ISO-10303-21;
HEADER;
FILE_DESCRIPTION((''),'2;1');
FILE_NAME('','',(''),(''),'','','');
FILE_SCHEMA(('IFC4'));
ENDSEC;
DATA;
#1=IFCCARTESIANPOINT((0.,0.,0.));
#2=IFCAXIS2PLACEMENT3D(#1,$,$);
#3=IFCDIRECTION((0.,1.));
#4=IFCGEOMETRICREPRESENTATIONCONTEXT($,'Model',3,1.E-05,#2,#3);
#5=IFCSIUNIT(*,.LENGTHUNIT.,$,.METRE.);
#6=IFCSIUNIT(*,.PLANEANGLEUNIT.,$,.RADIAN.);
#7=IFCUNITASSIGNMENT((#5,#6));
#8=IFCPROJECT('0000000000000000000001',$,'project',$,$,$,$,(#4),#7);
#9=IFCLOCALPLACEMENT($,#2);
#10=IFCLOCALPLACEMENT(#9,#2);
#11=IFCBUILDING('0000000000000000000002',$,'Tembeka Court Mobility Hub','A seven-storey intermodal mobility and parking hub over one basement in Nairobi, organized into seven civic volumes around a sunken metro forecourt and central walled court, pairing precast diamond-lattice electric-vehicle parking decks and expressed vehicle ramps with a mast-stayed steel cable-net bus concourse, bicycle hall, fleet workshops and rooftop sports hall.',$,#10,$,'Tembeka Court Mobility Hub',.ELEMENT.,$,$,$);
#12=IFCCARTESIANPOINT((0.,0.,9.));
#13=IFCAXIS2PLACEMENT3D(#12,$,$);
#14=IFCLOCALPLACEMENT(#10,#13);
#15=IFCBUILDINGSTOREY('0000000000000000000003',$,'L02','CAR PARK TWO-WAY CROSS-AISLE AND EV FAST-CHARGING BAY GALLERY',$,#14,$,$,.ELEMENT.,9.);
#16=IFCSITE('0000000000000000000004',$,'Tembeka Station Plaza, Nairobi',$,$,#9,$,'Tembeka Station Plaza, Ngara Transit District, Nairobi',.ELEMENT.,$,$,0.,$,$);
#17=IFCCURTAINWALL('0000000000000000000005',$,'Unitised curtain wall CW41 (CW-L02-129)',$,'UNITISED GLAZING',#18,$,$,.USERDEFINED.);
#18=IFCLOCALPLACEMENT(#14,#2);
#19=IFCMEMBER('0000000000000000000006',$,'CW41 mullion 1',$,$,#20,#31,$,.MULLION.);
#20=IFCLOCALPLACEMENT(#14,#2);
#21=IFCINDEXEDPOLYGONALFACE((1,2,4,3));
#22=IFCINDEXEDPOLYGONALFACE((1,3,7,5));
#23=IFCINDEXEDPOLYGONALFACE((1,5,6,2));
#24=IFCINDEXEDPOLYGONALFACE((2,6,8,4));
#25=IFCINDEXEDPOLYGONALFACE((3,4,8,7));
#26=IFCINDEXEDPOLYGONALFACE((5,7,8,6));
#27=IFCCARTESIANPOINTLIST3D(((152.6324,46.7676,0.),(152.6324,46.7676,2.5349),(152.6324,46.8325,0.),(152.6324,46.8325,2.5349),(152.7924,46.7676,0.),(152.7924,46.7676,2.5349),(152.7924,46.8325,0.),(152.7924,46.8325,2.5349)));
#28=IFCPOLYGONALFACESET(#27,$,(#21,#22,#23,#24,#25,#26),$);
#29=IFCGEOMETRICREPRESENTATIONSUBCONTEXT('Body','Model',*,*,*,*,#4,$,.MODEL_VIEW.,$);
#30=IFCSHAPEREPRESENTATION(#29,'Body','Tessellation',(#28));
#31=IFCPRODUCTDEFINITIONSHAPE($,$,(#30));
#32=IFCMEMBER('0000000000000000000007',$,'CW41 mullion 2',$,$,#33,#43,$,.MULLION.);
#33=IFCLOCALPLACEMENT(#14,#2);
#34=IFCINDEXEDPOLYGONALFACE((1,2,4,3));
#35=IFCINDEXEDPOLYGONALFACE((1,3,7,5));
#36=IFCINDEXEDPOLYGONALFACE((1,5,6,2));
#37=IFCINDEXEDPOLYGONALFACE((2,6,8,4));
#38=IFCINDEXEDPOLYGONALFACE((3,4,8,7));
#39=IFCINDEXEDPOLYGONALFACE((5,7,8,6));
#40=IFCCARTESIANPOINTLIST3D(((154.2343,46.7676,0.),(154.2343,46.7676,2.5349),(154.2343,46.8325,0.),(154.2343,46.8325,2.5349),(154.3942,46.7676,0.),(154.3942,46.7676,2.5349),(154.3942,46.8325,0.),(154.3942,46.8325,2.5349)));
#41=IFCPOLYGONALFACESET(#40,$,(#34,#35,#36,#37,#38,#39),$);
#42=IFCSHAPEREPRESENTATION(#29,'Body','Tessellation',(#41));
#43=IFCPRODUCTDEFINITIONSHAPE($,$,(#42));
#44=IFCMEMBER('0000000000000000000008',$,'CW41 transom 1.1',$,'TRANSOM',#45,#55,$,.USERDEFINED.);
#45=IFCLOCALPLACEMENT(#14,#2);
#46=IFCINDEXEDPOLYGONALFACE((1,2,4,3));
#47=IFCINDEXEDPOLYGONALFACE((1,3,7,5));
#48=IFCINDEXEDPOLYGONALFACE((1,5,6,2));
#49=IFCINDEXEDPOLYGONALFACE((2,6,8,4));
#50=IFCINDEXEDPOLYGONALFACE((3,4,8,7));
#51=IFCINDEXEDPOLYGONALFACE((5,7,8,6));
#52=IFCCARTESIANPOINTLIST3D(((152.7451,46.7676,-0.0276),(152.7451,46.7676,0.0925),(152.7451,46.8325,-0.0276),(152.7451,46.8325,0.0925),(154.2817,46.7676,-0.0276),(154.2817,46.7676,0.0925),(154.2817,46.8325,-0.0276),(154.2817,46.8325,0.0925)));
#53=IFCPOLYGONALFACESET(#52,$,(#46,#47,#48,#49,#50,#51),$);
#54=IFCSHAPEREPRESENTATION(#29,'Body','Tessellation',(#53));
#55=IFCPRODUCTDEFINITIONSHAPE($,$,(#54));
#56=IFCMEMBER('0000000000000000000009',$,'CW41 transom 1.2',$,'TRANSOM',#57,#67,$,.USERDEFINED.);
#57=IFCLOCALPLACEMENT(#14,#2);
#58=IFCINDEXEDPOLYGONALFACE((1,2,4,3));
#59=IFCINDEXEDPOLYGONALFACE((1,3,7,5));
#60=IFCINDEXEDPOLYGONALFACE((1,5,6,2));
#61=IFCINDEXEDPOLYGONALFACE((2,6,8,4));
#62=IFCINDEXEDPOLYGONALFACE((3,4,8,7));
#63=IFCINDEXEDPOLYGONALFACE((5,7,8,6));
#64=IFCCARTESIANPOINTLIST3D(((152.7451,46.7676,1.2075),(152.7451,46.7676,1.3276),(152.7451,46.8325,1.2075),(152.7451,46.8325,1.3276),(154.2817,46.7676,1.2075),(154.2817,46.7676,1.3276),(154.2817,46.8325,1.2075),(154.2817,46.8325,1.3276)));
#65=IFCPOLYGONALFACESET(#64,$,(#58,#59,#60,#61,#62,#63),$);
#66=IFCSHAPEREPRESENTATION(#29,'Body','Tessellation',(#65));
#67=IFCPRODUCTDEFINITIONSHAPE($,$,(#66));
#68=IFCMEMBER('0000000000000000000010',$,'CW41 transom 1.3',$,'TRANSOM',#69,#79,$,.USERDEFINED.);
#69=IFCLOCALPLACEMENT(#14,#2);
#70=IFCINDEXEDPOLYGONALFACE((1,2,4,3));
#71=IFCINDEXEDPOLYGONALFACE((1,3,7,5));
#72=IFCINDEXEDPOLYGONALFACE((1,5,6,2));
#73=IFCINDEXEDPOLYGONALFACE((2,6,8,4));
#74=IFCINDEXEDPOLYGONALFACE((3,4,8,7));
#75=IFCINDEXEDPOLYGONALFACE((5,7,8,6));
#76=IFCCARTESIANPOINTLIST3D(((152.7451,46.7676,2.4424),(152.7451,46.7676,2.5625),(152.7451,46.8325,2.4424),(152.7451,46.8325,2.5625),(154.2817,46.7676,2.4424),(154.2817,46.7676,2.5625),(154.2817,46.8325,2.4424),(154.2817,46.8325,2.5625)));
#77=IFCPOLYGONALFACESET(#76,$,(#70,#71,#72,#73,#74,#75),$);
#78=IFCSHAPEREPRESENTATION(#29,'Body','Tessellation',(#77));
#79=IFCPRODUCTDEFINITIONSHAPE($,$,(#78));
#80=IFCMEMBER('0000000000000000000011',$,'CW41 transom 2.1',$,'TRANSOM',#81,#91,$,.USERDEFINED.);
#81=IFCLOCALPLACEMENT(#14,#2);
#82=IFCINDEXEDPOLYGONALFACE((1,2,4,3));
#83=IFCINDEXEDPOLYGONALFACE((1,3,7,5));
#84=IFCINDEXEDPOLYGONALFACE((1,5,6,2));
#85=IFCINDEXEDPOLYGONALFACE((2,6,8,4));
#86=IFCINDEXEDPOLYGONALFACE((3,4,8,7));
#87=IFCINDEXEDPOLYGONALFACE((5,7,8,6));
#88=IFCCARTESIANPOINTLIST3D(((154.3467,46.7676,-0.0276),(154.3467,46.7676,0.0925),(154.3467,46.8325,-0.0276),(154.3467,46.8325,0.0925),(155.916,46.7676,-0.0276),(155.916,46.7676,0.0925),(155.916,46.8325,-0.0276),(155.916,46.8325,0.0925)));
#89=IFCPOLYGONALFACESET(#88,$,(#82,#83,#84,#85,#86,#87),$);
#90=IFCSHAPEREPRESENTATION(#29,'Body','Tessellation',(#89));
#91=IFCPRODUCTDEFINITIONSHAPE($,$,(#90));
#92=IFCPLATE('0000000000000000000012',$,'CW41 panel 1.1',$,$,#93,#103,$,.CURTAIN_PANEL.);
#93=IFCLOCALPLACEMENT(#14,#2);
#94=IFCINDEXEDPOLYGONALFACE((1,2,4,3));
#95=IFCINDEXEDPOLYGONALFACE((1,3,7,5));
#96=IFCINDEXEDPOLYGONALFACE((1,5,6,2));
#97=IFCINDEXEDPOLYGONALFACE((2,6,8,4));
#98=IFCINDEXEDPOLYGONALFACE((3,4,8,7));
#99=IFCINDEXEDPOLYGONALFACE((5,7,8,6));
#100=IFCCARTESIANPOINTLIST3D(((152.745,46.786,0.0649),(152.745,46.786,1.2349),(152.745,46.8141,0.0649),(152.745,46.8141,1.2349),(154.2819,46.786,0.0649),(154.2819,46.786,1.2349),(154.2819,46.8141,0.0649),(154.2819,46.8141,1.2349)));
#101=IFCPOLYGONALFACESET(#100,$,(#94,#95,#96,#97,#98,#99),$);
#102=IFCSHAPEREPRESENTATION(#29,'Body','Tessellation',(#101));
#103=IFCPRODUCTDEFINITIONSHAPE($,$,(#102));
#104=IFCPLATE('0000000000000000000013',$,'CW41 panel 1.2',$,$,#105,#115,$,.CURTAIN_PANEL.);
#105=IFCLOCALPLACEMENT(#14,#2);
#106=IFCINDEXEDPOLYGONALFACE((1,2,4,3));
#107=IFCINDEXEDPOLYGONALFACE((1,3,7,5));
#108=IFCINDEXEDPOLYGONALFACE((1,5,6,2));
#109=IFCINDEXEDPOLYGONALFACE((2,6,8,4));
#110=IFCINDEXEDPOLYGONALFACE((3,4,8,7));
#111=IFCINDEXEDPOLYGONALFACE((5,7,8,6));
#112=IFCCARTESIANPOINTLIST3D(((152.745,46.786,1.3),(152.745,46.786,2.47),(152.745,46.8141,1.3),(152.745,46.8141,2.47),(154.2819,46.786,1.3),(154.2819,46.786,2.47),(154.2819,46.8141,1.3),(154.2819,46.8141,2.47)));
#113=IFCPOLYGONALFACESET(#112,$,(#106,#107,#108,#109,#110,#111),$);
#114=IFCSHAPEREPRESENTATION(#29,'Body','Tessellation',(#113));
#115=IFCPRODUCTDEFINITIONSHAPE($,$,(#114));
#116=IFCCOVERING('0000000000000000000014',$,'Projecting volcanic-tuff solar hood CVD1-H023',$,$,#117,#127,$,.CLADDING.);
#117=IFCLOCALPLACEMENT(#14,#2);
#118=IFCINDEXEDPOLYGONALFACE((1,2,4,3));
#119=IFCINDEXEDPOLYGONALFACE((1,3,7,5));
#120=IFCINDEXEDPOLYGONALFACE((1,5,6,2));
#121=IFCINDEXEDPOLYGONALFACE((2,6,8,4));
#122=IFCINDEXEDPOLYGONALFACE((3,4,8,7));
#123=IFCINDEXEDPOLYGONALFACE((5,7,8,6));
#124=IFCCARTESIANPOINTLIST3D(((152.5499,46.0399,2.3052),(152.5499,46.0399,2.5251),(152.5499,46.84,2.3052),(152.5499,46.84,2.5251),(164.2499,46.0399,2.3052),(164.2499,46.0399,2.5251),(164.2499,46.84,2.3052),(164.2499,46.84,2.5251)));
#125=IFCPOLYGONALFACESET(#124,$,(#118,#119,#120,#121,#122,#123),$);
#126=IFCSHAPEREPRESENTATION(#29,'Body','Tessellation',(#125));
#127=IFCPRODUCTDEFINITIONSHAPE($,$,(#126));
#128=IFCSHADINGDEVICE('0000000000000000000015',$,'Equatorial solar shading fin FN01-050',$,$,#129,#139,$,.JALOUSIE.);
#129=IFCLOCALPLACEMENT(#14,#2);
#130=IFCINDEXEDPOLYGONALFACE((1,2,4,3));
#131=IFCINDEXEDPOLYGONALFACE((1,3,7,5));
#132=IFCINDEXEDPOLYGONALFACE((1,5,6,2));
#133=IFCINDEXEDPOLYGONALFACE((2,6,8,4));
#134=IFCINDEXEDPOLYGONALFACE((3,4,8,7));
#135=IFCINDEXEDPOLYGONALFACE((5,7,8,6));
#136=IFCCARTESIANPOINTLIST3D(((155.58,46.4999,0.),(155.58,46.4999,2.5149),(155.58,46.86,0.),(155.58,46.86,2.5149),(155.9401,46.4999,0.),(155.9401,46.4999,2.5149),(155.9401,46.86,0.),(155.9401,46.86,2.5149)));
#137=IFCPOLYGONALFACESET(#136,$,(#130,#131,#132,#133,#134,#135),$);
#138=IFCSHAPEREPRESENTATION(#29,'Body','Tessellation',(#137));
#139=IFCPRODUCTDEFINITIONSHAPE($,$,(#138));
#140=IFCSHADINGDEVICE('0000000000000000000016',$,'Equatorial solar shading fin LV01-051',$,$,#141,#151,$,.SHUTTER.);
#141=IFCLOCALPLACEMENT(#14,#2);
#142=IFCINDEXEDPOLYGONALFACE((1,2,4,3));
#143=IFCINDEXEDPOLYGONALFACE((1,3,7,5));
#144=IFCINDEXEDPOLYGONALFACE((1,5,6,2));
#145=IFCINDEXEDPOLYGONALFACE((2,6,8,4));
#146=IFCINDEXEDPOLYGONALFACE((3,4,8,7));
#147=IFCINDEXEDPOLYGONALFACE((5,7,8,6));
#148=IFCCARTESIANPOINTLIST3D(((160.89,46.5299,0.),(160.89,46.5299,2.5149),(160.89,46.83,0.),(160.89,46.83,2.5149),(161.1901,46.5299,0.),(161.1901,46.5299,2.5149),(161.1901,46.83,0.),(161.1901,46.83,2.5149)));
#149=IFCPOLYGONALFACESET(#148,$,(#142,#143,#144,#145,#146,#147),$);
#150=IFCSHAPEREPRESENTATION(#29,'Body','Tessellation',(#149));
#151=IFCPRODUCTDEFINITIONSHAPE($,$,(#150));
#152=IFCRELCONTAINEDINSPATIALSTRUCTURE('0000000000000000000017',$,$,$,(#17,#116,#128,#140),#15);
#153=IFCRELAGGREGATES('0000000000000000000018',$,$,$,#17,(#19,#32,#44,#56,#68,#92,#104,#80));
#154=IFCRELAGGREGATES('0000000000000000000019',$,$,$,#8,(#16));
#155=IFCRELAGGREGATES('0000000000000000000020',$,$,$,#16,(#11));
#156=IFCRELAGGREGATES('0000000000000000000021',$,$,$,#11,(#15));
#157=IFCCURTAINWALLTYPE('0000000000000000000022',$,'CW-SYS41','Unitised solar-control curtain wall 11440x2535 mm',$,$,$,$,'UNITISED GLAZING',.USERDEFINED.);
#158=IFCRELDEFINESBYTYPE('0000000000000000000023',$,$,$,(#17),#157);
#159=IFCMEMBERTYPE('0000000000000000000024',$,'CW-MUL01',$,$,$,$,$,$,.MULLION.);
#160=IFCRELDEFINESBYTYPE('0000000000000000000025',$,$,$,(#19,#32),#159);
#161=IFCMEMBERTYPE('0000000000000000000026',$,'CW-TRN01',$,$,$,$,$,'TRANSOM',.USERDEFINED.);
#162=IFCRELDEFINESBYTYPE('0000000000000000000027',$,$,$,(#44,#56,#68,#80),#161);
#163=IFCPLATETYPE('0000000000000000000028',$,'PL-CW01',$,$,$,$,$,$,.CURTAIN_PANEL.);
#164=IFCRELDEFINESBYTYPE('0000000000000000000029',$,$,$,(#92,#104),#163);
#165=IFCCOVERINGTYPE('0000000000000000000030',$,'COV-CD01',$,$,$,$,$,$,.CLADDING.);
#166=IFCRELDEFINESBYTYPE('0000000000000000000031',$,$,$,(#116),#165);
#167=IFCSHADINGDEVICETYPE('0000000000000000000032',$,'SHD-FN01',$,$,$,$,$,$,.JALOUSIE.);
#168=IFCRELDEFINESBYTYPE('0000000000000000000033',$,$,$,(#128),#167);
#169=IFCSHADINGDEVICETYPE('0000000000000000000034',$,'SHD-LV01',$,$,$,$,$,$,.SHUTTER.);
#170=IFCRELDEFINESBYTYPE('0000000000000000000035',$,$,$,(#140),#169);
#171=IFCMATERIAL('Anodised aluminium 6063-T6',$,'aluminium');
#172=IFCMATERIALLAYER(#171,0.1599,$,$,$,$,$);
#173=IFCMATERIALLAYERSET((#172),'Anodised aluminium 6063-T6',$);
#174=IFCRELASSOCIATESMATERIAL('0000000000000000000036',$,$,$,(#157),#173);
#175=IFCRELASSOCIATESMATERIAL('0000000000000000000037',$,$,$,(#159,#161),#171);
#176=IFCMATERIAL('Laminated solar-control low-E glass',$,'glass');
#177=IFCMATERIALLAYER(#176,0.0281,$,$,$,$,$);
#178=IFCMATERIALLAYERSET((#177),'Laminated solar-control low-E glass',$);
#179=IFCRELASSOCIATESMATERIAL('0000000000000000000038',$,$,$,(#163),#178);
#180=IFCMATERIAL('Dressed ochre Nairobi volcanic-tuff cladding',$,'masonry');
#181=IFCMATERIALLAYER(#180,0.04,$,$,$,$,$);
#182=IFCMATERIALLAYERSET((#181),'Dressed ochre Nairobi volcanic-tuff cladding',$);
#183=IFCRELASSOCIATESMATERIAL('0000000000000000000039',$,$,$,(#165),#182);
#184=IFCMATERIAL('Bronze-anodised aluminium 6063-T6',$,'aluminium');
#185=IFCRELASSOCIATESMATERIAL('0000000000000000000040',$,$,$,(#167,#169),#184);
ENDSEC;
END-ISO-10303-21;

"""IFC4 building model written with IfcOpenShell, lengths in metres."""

from ifc_helpers import new_model, si_unit, direction, frame, origin, origin_2d, place, context, subcontext, project, spatial, rectangle, extrude, material, layer, layer_set, material_profile, profile_set, type_object, element, aggregate, save


model = new_model("IFC4")

# Units and contexts
model_context = context("Model", 3, precision=1e-05, world=origin(), true_north=direction((0.0, 1.0)))
body_context = subcontext(model_context, "Body", "Model", "MODEL_VIEW")
ifc_project = project(units=[si_unit("LENGTHUNIT", "METRE"), si_unit("PLANEANGLEUNIT", "RADIAN")], contexts=[model_context])

# Site, building, storey
site_placement = place(None, origin())
site = spatial("IfcSite", under=ifc_project, at=site_placement, Name="Tembeka Station Plaza, Nairobi", LongName="Tembeka Station Plaza, Ngara Transit District, Nairobi", CompositionType="ELEMENT", RefElevation=0.0)
building_placement = place(site_placement, origin())
building = spatial("IfcBuilding", under=site, at=building_placement, Name="Tembeka Court Mobility Hub", Description="A seven-storey intermodal mobility and parking hub over one basement in Nairobi, organized into seven civic volumes around a sunken metro forecourt and central walled court, pairing precast diamond-lattice electric-vehicle parking decks and expressed vehicle ramps with a mast-stayed steel cable-net bus concourse, bicycle hall, fleet workshops and rooftop sports hall.", LongName="Tembeka Court Mobility Hub", CompositionType="ELEMENT")
storey_placement = place(building_placement, frame((0.0, 0.0, 9.0)))
storey = spatial("IfcBuildingStorey", under=building, at=storey_placement, Name="L02", Description="CAR PARK TWO-WAY CROSS-AISLE AND EV FAST-CHARGING BAY GALLERY", CompositionType="ELEMENT", Elevation=9.0)

# Curtain wall, members, plates
ifc_material_1 = material(Name="Anodised aluminium 6063-T6", Category="aluminium")
ifc_layer_1 = layer(ifc_material_1, 0.1599)
ifc_layer_set_1 = layer_set([ifc_layer_1], Name="Anodised aluminium 6063-T6")
curtain_wall_type = type_object("IfcCurtainWallType", Name="CW-SYS41", Description="Unitised solar-control curtain wall 11440x2535 mm", ElementType="UNITISED GLAZING", PredefinedType="USERDEFINED", material=ifc_layer_set_1)
curtain_wall_placement = place(storey_placement, origin())
curtain_wall = element("IfcCurtainWall", 1, at=curtain_wall_placement, inside=storey, type_object=curtain_wall_type, Name="Unitised curtain wall CW41 (CW-L02-129)", ObjectType="UNITISED GLAZING", PredefinedType="USERDEFINED")
ifc_material_profile_1 = material_profile(ifc_material_1, rectangle(XDim=0.0649, YDim=0.1599, at=origin_2d()), Name="ALU-MUL 65x160")
ifc_profile_set_1 = profile_set([ifc_material_profile_1], Name="Anodised aluminium 6063-T6")
member_type_1 = type_object("IfcMemberType", Name="CW-MUL01", PredefinedType="MULLION", material=ifc_profile_set_1)
member_1_placement = place(storey_placement, frame((152.7124, 46.8, 0.0), z_axis=(0.0, 0.0, 1.0), x_axis=(0.0, 1.0, 0.0)))
member_1 = element("IfcMember", 2, at=member_1_placement, type_object=member_type_1, Name="CW41 mullion 1", PredefinedType="MULLION", context=body_context, shape_type="SweptSolid", body=[
    extrude(rectangle(XDim=0.0649, YDim=0.1599, at=origin_2d()), origin(), (0.0, 0.0, 1.0), 2.5349),
])
member_2_placement = place(storey_placement, frame((154.3142, 46.8, 0.0), z_axis=(0.0, 0.0, 1.0), x_axis=(0.0, 1.0, 0.0)))
member_2 = element("IfcMember", 3, at=member_2_placement, type_object=member_type_1, Name="CW41 mullion 2", PredefinedType="MULLION", context=body_context, shape_type="SweptSolid", body=[
    extrude(rectangle(XDim=0.0649, YDim=0.1599, at=origin_2d()), origin(), (0.0, 0.0, 1.0), 2.5349),
])
ifc_material_profile_2 = material_profile(ifc_material_1, rectangle(XDim=0.0649, YDim=0.1201, at=origin_2d()), Name="ALU-TRN 65x120")
ifc_profile_set_2 = profile_set([ifc_material_profile_2], Name="Anodised aluminium 6063-T6")
member_type_2 = type_object("IfcMemberType", Name="CW-TRN01", ElementType="TRANSOM", PredefinedType="USERDEFINED", material=ifc_profile_set_2)
member_3_placement = place(storey_placement, frame((152.7451, 46.8, 0.0325), z_axis=(1.0, 0.0, 0.0), x_axis=(0.0, 1.0, 0.0)))
member_3 = element("IfcMember", 4, at=member_3_placement, type_object=member_type_2, Name="CW41 transom 1.1", ObjectType="TRANSOM", PredefinedType="USERDEFINED", context=body_context, shape_type="SweptSolid", body=[
    extrude(rectangle(XDim=0.0649, YDim=0.1201, at=origin_2d()), origin(), (0.0, 0.0, 1.0), 1.5366),
])
member_4_placement = place(storey_placement, frame((152.7451, 46.8, 1.2676), z_axis=(1.0, 0.0, 0.0), x_axis=(0.0, 1.0, 0.0)))
member_4 = element("IfcMember", 5, at=member_4_placement, type_object=member_type_2, Name="CW41 transom 1.2", ObjectType="TRANSOM", PredefinedType="USERDEFINED", context=body_context, shape_type="SweptSolid", body=[
    extrude(rectangle(XDim=0.0649, YDim=0.1201, at=origin_2d()), origin(), (0.0, 0.0, 1.0), 1.5366),
])
member_5_placement = place(storey_placement, frame((152.7451, 46.8, 2.5024), z_axis=(1.0, 0.0, 0.0), x_axis=(0.0, 1.0, 0.0)))
member_5 = element("IfcMember", 6, at=member_5_placement, type_object=member_type_2, Name="CW41 transom 1.3", ObjectType="TRANSOM", PredefinedType="USERDEFINED", context=body_context, shape_type="SweptSolid", body=[
    extrude(rectangle(XDim=0.0649, YDim=0.1201, at=origin_2d()), origin(), (0.0, 0.0, 1.0), 1.5366),
])
member_6_placement = place(storey_placement, frame((154.3467, 46.8, 0.0325), z_axis=(1.0, 0.0, 0.0), x_axis=(0.0, 1.0, 0.0)))
member_6 = element("IfcMember", 7, at=member_6_placement, type_object=member_type_2, Name="CW41 transom 2.1", ObjectType="TRANSOM", PredefinedType="USERDEFINED", context=body_context, shape_type="SweptSolid", body=[
    extrude(rectangle(XDim=0.0649, YDim=0.1201, at=origin_2d()), origin(), (0.0, 0.0, 1.0), 1.5693),
])
ifc_material_2 = material(Name="Laminated solar-control low-E glass", Category="glass")
ifc_layer_2 = layer(ifc_material_2, 0.0281)
ifc_layer_set_2 = layer_set([ifc_layer_2], Name="Laminated solar-control low-E glass")
plate_type = type_object("IfcPlateType", Name="PL-CW01", PredefinedType="CURTAIN_PANEL", material=ifc_layer_set_2)
plate_1_placement = place(storey_placement, frame((153.5134, 46.8, 0.0649), z_axis=(0.0, 0.0, 1.0), x_axis=(1.0, 0.0, 0.0)))
plate_1 = element("IfcPlate", 8, at=plate_1_placement, type_object=plate_type, Name="CW41 panel 1.1", PredefinedType="CURTAIN_PANEL", context=body_context, shape_type="SweptSolid", body=[
    extrude(rectangle(XDim=1.5369, YDim=0.0281, at=origin_2d()), origin(), (0.0, 0.0, 1.0), 1.1699),
])
plate_2_placement = place(storey_placement, frame((153.5134, 46.8, 1.3), z_axis=(0.0, 0.0, 1.0), x_axis=(1.0, 0.0, 0.0)))
plate_2 = element("IfcPlate", 9, at=plate_2_placement, type_object=plate_type, Name="CW41 panel 1.2", PredefinedType="CURTAIN_PANEL", context=body_context, shape_type="SweptSolid", body=[
    extrude(rectangle(XDim=1.5369, YDim=0.0281, at=origin_2d()), origin(), (0.0, 0.0, 1.0), 1.1699),
])
aggregate(curtain_wall, [member_1, member_2, member_3, member_4, member_5, plate_1, plate_2, member_6])

# Covering
ifc_material_3 = material(Name="Dressed ochre Nairobi volcanic-tuff cladding", Category="masonry")
ifc_layer_3 = layer(ifc_material_3, 0.04)
ifc_layer_set_3 = layer_set([ifc_layer_3], Name="Dressed ochre Nairobi volcanic-tuff cladding")
covering_type = type_object("IfcCoveringType", Name="COV-CD01", PredefinedType="CLADDING", material=ifc_layer_set_3)
covering_placement = place(storey_placement, frame((158.3999, 46.4399, 2.3052), z_axis=(0.0, 0.0, 1.0), x_axis=(1.0, 0.0, 0.0)))
element("IfcCovering", 10, at=covering_placement, inside=storey, type_object=covering_type, Name="Projecting volcanic-tuff solar hood CVD1-H023", PredefinedType="CLADDING", context=body_context, shape_type="SweptSolid", body=[
    extrude(rectangle(XDim=11.7, YDim=0.8, at=origin_2d()), origin(), (0.0, 0.0, 1.0), 0.22),
])

# Shading devices
ifc_material_4 = material(Name="Bronze-anodised aluminium 6063-T6", Category="aluminium")
ifc_material_profile_3 = material_profile(ifc_material_4, rectangle(XDim=0.3601, YDim=0.3601, at=origin_2d()), Name="ALU-FIN 360x360")
ifc_profile_set_3 = profile_set([ifc_material_profile_3], Name="Bronze-anodised aluminium 6063-T6")
shading_device_type_1 = type_object("IfcShadingDeviceType", Name="SHD-FN01", PredefinedType="JALOUSIE", material=ifc_profile_set_3)
shading_device_1_placement = place(storey_placement, frame((155.76, 46.6799, 0.0), z_axis=(0.0, 0.0, 1.0), x_axis=(1.0, 0.0, 0.0)))
element("IfcShadingDevice", 11, at=shading_device_1_placement, inside=storey, type_object=shading_device_type_1, Name="Equatorial solar shading fin FN01-050", PredefinedType="JALOUSIE", context=body_context, shape_type="SweptSolid", body=[
    extrude(rectangle(XDim=0.3601, YDim=0.3601, at=origin_2d()), origin(), (0.0, 0.0, 1.0), 2.5149),
])
ifc_material_profile_4 = material_profile(ifc_material_4, rectangle(XDim=0.3, YDim=0.3, at=origin_2d()), Name="ALU-LVR 300x300")
ifc_profile_set_4 = profile_set([ifc_material_profile_4], Name="Bronze-anodised aluminium 6063-T6")
shading_device_type_2 = type_object("IfcShadingDeviceType", Name="SHD-LV01", PredefinedType="SHUTTER", material=ifc_profile_set_4)
shading_device_2_placement = place(storey_placement, frame((161.04, 46.6799, 0.0), z_axis=(0.0, 0.0, 1.0), x_axis=(1.0, 0.0, 0.0)))
element("IfcShadingDevice", 12, at=shading_device_2_placement, inside=storey, type_object=shading_device_type_2, Name="Equatorial solar shading fin LV01-051", PredefinedType="SHUTTER", context=body_context, shape_type="SweptSolid", body=[
    extrude(rectangle(XDim=0.3, YDim=0.3, at=origin_2d()), origin(), (0.0, 0.0, 1.0), 2.5149),
])

save(model, "model.ifc")
